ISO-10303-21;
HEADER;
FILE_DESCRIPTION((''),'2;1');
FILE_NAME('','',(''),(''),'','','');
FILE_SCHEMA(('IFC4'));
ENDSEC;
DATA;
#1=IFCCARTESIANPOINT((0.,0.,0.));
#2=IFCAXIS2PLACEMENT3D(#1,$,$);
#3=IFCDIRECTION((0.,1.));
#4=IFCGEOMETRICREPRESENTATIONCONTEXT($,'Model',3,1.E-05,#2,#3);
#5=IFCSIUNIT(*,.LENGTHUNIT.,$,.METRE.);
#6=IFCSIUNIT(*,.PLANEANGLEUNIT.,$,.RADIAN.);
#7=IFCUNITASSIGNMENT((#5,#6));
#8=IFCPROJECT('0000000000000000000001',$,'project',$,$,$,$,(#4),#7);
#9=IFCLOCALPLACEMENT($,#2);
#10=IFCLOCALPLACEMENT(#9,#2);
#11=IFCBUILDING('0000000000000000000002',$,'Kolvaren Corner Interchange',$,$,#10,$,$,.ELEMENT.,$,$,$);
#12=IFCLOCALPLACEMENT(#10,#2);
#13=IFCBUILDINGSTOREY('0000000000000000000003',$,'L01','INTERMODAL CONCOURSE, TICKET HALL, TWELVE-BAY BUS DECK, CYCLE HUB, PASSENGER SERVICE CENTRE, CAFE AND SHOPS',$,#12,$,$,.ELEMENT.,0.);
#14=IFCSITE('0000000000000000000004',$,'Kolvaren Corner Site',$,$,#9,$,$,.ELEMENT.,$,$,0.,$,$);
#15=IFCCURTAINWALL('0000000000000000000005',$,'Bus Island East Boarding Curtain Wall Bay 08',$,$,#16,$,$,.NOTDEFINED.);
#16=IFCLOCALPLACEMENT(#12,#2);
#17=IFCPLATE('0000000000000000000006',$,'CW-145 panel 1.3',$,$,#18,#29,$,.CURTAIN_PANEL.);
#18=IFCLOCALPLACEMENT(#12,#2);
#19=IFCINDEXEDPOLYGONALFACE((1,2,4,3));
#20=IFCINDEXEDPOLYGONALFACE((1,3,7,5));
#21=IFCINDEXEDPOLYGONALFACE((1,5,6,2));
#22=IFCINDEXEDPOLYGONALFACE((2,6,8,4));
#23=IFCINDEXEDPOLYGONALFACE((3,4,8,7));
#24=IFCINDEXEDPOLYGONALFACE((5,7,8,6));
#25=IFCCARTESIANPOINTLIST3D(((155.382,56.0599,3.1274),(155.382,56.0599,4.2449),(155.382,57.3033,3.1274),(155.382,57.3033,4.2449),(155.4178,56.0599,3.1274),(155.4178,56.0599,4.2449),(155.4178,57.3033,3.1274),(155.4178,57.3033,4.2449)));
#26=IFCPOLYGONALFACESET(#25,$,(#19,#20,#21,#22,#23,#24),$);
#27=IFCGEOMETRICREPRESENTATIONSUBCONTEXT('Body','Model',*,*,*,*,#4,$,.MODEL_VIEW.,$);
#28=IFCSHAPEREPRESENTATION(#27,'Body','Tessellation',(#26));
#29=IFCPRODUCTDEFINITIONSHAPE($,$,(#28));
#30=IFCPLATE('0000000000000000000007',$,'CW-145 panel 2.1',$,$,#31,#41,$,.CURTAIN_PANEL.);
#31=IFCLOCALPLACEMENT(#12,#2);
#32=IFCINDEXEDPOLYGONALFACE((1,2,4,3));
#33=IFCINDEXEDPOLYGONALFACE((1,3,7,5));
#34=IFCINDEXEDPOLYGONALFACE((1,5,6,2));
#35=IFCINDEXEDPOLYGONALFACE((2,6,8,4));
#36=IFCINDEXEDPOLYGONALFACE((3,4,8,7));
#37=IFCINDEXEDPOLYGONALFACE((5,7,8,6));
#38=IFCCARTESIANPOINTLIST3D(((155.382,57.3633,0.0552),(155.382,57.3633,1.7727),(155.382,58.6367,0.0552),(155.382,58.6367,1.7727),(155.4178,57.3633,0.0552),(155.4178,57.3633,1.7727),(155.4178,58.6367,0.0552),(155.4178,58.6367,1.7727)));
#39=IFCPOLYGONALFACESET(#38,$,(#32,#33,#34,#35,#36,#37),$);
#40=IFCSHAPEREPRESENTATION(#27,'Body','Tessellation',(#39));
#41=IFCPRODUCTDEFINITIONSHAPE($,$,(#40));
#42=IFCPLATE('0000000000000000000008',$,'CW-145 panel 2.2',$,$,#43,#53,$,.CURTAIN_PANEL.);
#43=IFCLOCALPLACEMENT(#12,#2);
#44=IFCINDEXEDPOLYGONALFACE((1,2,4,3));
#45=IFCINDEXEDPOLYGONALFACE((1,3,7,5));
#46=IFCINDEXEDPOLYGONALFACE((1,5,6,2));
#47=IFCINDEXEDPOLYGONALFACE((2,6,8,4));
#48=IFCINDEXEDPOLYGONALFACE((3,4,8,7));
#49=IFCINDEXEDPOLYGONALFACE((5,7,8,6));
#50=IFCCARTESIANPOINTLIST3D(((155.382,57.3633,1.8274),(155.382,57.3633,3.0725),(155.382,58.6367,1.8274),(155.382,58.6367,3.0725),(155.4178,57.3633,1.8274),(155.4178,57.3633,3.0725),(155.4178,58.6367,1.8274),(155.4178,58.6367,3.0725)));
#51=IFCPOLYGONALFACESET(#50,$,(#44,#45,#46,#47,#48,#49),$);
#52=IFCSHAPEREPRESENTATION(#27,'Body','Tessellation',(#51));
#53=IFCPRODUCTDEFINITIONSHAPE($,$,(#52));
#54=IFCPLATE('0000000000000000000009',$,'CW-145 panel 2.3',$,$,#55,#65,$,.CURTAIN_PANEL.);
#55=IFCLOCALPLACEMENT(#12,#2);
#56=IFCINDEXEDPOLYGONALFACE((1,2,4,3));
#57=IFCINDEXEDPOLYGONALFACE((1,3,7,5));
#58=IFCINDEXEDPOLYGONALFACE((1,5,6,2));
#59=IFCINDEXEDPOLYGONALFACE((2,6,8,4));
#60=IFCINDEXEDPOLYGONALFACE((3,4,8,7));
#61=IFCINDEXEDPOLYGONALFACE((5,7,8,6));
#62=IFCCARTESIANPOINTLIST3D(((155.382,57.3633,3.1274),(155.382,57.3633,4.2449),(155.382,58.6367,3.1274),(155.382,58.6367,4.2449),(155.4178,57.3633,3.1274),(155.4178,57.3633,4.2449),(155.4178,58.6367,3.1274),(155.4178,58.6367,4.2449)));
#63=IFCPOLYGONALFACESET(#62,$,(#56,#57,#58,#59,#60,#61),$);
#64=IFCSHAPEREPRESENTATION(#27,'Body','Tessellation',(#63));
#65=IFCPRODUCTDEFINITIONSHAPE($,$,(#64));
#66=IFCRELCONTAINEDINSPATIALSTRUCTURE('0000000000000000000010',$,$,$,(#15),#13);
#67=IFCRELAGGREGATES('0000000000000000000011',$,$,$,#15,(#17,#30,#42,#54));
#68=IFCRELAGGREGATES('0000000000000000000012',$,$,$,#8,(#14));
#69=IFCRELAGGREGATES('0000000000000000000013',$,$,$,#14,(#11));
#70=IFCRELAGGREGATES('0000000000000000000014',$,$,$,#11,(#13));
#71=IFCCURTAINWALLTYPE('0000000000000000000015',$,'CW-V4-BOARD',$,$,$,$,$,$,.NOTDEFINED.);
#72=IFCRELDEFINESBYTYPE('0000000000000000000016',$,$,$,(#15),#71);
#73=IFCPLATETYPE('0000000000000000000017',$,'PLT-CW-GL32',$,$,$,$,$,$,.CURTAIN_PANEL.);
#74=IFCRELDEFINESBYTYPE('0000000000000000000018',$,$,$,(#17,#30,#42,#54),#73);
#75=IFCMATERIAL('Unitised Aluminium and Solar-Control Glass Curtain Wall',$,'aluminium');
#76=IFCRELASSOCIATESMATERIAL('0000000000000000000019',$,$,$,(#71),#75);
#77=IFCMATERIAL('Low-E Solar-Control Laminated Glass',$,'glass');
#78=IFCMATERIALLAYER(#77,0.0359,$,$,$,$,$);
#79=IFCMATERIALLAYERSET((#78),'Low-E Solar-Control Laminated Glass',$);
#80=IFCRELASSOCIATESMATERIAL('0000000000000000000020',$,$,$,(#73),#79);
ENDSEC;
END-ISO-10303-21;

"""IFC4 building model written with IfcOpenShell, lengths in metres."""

from ifc_helpers import new_model, si_unit, direction, frame, origin, origin_2d, place, context, subcontext, project, spatial, rectangle, extrude, material, layer, layer_set, type_object, element, aggregate, save


model = new_model("IFC4")

# Units and contexts
model_context = context("Model", 3, precision=1e-05, world=origin(), true_north=direction((0.0, 1.0)))
body_context = subcontext(model_context, "Body", "Model", "MODEL_VIEW")
ifc_project = project(units=[si_unit("LENGTHUNIT", "METRE"), si_unit("PLANEANGLEUNIT", "RADIAN")], contexts=[model_context])

# Site, building, storey
site_placement = place(None, origin())
site = spatial("IfcSite", under=ifc_project, at=site_placement, Name="Kolvaren Corner Site", CompositionType="ELEMENT", RefElevation=0.0)
building_placement = place(site_placement, origin())
building = spatial("IfcBuilding", under=site, at=building_placement, Name="Kolvaren Corner Interchange", CompositionType="ELEMENT")
storey_placement = place(building_placement, origin())
storey = spatial("IfcBuildingStorey", under=building, at=storey_placement, Name="L01", Description="INTERMODAL CONCOURSE, TICKET HALL, TWELVE-BAY BUS DECK, CYCLE HUB, PASSENGER SERVICE CENTRE, CAFE AND SHOPS", CompositionType="ELEMENT", Elevation=0.0)

# Shared definitions
ifc_material_1 = material(Name="Unitised Aluminium and Solar-Control Glass Curtain Wall", Category="aluminium")
curtain_wall_type = type_object("IfcCurtainWallType", Name="CW-V4-BOARD", PredefinedType="NOTDEFINED", material=ifc_material_1)

# Curtain wall
curtain_wall_1_placement = place(storey_placement, origin())
curtain_wall_1 = element("IfcCurtainWall", 1, at=curtain_wall_1_placement, inside=storey, type_object=curtain_wall_type, Name="Bus Island East Boarding Curtain Wall Bay 08", PredefinedType="NOTDEFINED")

# Plates
ifc_material_2 = material(Name="Low-E Solar-Control Laminated Glass", Category="glass")
ifc_layer = layer(ifc_material_2, 0.0359)
ifc_layer_set = layer_set([ifc_layer], Name="Low-E Solar-Control Laminated Glass")
plate_type = type_object("IfcPlateType", Name="PLT-CW-GL32", PredefinedType="CURTAIN_PANEL", material=ifc_layer_set)
plate_1_placement = place(storey_placement, frame((155.3999, 56.6816, 3.1274), z_axis=(0.0, 0.0, 1.0), x_axis=(0.0, 1.0, 0.0)))
plate_1 = element("IfcPlate", 2, at=plate_1_placement, type_object=plate_type, Name="CW-145 panel 1.3", PredefinedType="CURTAIN_PANEL", context=body_context, shape_type="SweptSolid", body=[
    extrude(rectangle(XDim=1.2434, YDim=0.0359, at=origin_2d()), origin(), (0.0, 0.0, 1.0), 1.1174),
])
plate_2_placement = place(storey_placement, frame((155.3999, 58.0, 0.0552), z_axis=(0.0, 0.0, 1.0), x_axis=(0.0, 1.0, 0.0)))
plate_2 = element("IfcPlate", 3, at=plate_2_placement, type_object=plate_type, Name="CW-145 panel 2.1", PredefinedType="CURTAIN_PANEL", context=body_context, shape_type="SweptSolid", body=[
    extrude(rectangle(XDim=1.2734, YDim=0.0359, at=origin_2d()), origin(), (0.0, 0.0, 1.0), 1.7175),
])
plate_3_placement = place(storey_placement, frame((155.3999, 58.0, 1.8274), z_axis=(0.0, 0.0, 1.0), x_axis=(0.0, 1.0, 0.0)))
plate_3 = element("IfcPlate", 4, at=plate_3_placement, type_object=plate_type, Name="CW-145 panel 2.2", PredefinedType="CURTAIN_PANEL", context=body_context, shape_type="SweptSolid", body=[
    extrude(rectangle(XDim=1.2734, YDim=0.0359, at=origin_2d()), origin(), (0.0, 0.0, 1.0), 1.2451),
])
plate_4_placement = place(storey_placement, frame((155.3999, 58.0, 3.1274), z_axis=(0.0, 0.0, 1.0), x_axis=(0.0, 1.0, 0.0)))
plate_4 = element("IfcPlate", 5, at=plate_4_placement, type_object=plate_type, Name="CW-145 panel 2.3", PredefinedType="CURTAIN_PANEL", context=body_context, shape_type="SweptSolid", body=[
    extrude(rectangle(XDim=1.2734, YDim=0.0359, at=origin_2d()), origin(), (0.0, 0.0, 1.0), 1.1174),
])
aggregate(curtain_wall_1, [plate_1, plate_2, plate_3, plate_4])

save(model, "model.ifc")
